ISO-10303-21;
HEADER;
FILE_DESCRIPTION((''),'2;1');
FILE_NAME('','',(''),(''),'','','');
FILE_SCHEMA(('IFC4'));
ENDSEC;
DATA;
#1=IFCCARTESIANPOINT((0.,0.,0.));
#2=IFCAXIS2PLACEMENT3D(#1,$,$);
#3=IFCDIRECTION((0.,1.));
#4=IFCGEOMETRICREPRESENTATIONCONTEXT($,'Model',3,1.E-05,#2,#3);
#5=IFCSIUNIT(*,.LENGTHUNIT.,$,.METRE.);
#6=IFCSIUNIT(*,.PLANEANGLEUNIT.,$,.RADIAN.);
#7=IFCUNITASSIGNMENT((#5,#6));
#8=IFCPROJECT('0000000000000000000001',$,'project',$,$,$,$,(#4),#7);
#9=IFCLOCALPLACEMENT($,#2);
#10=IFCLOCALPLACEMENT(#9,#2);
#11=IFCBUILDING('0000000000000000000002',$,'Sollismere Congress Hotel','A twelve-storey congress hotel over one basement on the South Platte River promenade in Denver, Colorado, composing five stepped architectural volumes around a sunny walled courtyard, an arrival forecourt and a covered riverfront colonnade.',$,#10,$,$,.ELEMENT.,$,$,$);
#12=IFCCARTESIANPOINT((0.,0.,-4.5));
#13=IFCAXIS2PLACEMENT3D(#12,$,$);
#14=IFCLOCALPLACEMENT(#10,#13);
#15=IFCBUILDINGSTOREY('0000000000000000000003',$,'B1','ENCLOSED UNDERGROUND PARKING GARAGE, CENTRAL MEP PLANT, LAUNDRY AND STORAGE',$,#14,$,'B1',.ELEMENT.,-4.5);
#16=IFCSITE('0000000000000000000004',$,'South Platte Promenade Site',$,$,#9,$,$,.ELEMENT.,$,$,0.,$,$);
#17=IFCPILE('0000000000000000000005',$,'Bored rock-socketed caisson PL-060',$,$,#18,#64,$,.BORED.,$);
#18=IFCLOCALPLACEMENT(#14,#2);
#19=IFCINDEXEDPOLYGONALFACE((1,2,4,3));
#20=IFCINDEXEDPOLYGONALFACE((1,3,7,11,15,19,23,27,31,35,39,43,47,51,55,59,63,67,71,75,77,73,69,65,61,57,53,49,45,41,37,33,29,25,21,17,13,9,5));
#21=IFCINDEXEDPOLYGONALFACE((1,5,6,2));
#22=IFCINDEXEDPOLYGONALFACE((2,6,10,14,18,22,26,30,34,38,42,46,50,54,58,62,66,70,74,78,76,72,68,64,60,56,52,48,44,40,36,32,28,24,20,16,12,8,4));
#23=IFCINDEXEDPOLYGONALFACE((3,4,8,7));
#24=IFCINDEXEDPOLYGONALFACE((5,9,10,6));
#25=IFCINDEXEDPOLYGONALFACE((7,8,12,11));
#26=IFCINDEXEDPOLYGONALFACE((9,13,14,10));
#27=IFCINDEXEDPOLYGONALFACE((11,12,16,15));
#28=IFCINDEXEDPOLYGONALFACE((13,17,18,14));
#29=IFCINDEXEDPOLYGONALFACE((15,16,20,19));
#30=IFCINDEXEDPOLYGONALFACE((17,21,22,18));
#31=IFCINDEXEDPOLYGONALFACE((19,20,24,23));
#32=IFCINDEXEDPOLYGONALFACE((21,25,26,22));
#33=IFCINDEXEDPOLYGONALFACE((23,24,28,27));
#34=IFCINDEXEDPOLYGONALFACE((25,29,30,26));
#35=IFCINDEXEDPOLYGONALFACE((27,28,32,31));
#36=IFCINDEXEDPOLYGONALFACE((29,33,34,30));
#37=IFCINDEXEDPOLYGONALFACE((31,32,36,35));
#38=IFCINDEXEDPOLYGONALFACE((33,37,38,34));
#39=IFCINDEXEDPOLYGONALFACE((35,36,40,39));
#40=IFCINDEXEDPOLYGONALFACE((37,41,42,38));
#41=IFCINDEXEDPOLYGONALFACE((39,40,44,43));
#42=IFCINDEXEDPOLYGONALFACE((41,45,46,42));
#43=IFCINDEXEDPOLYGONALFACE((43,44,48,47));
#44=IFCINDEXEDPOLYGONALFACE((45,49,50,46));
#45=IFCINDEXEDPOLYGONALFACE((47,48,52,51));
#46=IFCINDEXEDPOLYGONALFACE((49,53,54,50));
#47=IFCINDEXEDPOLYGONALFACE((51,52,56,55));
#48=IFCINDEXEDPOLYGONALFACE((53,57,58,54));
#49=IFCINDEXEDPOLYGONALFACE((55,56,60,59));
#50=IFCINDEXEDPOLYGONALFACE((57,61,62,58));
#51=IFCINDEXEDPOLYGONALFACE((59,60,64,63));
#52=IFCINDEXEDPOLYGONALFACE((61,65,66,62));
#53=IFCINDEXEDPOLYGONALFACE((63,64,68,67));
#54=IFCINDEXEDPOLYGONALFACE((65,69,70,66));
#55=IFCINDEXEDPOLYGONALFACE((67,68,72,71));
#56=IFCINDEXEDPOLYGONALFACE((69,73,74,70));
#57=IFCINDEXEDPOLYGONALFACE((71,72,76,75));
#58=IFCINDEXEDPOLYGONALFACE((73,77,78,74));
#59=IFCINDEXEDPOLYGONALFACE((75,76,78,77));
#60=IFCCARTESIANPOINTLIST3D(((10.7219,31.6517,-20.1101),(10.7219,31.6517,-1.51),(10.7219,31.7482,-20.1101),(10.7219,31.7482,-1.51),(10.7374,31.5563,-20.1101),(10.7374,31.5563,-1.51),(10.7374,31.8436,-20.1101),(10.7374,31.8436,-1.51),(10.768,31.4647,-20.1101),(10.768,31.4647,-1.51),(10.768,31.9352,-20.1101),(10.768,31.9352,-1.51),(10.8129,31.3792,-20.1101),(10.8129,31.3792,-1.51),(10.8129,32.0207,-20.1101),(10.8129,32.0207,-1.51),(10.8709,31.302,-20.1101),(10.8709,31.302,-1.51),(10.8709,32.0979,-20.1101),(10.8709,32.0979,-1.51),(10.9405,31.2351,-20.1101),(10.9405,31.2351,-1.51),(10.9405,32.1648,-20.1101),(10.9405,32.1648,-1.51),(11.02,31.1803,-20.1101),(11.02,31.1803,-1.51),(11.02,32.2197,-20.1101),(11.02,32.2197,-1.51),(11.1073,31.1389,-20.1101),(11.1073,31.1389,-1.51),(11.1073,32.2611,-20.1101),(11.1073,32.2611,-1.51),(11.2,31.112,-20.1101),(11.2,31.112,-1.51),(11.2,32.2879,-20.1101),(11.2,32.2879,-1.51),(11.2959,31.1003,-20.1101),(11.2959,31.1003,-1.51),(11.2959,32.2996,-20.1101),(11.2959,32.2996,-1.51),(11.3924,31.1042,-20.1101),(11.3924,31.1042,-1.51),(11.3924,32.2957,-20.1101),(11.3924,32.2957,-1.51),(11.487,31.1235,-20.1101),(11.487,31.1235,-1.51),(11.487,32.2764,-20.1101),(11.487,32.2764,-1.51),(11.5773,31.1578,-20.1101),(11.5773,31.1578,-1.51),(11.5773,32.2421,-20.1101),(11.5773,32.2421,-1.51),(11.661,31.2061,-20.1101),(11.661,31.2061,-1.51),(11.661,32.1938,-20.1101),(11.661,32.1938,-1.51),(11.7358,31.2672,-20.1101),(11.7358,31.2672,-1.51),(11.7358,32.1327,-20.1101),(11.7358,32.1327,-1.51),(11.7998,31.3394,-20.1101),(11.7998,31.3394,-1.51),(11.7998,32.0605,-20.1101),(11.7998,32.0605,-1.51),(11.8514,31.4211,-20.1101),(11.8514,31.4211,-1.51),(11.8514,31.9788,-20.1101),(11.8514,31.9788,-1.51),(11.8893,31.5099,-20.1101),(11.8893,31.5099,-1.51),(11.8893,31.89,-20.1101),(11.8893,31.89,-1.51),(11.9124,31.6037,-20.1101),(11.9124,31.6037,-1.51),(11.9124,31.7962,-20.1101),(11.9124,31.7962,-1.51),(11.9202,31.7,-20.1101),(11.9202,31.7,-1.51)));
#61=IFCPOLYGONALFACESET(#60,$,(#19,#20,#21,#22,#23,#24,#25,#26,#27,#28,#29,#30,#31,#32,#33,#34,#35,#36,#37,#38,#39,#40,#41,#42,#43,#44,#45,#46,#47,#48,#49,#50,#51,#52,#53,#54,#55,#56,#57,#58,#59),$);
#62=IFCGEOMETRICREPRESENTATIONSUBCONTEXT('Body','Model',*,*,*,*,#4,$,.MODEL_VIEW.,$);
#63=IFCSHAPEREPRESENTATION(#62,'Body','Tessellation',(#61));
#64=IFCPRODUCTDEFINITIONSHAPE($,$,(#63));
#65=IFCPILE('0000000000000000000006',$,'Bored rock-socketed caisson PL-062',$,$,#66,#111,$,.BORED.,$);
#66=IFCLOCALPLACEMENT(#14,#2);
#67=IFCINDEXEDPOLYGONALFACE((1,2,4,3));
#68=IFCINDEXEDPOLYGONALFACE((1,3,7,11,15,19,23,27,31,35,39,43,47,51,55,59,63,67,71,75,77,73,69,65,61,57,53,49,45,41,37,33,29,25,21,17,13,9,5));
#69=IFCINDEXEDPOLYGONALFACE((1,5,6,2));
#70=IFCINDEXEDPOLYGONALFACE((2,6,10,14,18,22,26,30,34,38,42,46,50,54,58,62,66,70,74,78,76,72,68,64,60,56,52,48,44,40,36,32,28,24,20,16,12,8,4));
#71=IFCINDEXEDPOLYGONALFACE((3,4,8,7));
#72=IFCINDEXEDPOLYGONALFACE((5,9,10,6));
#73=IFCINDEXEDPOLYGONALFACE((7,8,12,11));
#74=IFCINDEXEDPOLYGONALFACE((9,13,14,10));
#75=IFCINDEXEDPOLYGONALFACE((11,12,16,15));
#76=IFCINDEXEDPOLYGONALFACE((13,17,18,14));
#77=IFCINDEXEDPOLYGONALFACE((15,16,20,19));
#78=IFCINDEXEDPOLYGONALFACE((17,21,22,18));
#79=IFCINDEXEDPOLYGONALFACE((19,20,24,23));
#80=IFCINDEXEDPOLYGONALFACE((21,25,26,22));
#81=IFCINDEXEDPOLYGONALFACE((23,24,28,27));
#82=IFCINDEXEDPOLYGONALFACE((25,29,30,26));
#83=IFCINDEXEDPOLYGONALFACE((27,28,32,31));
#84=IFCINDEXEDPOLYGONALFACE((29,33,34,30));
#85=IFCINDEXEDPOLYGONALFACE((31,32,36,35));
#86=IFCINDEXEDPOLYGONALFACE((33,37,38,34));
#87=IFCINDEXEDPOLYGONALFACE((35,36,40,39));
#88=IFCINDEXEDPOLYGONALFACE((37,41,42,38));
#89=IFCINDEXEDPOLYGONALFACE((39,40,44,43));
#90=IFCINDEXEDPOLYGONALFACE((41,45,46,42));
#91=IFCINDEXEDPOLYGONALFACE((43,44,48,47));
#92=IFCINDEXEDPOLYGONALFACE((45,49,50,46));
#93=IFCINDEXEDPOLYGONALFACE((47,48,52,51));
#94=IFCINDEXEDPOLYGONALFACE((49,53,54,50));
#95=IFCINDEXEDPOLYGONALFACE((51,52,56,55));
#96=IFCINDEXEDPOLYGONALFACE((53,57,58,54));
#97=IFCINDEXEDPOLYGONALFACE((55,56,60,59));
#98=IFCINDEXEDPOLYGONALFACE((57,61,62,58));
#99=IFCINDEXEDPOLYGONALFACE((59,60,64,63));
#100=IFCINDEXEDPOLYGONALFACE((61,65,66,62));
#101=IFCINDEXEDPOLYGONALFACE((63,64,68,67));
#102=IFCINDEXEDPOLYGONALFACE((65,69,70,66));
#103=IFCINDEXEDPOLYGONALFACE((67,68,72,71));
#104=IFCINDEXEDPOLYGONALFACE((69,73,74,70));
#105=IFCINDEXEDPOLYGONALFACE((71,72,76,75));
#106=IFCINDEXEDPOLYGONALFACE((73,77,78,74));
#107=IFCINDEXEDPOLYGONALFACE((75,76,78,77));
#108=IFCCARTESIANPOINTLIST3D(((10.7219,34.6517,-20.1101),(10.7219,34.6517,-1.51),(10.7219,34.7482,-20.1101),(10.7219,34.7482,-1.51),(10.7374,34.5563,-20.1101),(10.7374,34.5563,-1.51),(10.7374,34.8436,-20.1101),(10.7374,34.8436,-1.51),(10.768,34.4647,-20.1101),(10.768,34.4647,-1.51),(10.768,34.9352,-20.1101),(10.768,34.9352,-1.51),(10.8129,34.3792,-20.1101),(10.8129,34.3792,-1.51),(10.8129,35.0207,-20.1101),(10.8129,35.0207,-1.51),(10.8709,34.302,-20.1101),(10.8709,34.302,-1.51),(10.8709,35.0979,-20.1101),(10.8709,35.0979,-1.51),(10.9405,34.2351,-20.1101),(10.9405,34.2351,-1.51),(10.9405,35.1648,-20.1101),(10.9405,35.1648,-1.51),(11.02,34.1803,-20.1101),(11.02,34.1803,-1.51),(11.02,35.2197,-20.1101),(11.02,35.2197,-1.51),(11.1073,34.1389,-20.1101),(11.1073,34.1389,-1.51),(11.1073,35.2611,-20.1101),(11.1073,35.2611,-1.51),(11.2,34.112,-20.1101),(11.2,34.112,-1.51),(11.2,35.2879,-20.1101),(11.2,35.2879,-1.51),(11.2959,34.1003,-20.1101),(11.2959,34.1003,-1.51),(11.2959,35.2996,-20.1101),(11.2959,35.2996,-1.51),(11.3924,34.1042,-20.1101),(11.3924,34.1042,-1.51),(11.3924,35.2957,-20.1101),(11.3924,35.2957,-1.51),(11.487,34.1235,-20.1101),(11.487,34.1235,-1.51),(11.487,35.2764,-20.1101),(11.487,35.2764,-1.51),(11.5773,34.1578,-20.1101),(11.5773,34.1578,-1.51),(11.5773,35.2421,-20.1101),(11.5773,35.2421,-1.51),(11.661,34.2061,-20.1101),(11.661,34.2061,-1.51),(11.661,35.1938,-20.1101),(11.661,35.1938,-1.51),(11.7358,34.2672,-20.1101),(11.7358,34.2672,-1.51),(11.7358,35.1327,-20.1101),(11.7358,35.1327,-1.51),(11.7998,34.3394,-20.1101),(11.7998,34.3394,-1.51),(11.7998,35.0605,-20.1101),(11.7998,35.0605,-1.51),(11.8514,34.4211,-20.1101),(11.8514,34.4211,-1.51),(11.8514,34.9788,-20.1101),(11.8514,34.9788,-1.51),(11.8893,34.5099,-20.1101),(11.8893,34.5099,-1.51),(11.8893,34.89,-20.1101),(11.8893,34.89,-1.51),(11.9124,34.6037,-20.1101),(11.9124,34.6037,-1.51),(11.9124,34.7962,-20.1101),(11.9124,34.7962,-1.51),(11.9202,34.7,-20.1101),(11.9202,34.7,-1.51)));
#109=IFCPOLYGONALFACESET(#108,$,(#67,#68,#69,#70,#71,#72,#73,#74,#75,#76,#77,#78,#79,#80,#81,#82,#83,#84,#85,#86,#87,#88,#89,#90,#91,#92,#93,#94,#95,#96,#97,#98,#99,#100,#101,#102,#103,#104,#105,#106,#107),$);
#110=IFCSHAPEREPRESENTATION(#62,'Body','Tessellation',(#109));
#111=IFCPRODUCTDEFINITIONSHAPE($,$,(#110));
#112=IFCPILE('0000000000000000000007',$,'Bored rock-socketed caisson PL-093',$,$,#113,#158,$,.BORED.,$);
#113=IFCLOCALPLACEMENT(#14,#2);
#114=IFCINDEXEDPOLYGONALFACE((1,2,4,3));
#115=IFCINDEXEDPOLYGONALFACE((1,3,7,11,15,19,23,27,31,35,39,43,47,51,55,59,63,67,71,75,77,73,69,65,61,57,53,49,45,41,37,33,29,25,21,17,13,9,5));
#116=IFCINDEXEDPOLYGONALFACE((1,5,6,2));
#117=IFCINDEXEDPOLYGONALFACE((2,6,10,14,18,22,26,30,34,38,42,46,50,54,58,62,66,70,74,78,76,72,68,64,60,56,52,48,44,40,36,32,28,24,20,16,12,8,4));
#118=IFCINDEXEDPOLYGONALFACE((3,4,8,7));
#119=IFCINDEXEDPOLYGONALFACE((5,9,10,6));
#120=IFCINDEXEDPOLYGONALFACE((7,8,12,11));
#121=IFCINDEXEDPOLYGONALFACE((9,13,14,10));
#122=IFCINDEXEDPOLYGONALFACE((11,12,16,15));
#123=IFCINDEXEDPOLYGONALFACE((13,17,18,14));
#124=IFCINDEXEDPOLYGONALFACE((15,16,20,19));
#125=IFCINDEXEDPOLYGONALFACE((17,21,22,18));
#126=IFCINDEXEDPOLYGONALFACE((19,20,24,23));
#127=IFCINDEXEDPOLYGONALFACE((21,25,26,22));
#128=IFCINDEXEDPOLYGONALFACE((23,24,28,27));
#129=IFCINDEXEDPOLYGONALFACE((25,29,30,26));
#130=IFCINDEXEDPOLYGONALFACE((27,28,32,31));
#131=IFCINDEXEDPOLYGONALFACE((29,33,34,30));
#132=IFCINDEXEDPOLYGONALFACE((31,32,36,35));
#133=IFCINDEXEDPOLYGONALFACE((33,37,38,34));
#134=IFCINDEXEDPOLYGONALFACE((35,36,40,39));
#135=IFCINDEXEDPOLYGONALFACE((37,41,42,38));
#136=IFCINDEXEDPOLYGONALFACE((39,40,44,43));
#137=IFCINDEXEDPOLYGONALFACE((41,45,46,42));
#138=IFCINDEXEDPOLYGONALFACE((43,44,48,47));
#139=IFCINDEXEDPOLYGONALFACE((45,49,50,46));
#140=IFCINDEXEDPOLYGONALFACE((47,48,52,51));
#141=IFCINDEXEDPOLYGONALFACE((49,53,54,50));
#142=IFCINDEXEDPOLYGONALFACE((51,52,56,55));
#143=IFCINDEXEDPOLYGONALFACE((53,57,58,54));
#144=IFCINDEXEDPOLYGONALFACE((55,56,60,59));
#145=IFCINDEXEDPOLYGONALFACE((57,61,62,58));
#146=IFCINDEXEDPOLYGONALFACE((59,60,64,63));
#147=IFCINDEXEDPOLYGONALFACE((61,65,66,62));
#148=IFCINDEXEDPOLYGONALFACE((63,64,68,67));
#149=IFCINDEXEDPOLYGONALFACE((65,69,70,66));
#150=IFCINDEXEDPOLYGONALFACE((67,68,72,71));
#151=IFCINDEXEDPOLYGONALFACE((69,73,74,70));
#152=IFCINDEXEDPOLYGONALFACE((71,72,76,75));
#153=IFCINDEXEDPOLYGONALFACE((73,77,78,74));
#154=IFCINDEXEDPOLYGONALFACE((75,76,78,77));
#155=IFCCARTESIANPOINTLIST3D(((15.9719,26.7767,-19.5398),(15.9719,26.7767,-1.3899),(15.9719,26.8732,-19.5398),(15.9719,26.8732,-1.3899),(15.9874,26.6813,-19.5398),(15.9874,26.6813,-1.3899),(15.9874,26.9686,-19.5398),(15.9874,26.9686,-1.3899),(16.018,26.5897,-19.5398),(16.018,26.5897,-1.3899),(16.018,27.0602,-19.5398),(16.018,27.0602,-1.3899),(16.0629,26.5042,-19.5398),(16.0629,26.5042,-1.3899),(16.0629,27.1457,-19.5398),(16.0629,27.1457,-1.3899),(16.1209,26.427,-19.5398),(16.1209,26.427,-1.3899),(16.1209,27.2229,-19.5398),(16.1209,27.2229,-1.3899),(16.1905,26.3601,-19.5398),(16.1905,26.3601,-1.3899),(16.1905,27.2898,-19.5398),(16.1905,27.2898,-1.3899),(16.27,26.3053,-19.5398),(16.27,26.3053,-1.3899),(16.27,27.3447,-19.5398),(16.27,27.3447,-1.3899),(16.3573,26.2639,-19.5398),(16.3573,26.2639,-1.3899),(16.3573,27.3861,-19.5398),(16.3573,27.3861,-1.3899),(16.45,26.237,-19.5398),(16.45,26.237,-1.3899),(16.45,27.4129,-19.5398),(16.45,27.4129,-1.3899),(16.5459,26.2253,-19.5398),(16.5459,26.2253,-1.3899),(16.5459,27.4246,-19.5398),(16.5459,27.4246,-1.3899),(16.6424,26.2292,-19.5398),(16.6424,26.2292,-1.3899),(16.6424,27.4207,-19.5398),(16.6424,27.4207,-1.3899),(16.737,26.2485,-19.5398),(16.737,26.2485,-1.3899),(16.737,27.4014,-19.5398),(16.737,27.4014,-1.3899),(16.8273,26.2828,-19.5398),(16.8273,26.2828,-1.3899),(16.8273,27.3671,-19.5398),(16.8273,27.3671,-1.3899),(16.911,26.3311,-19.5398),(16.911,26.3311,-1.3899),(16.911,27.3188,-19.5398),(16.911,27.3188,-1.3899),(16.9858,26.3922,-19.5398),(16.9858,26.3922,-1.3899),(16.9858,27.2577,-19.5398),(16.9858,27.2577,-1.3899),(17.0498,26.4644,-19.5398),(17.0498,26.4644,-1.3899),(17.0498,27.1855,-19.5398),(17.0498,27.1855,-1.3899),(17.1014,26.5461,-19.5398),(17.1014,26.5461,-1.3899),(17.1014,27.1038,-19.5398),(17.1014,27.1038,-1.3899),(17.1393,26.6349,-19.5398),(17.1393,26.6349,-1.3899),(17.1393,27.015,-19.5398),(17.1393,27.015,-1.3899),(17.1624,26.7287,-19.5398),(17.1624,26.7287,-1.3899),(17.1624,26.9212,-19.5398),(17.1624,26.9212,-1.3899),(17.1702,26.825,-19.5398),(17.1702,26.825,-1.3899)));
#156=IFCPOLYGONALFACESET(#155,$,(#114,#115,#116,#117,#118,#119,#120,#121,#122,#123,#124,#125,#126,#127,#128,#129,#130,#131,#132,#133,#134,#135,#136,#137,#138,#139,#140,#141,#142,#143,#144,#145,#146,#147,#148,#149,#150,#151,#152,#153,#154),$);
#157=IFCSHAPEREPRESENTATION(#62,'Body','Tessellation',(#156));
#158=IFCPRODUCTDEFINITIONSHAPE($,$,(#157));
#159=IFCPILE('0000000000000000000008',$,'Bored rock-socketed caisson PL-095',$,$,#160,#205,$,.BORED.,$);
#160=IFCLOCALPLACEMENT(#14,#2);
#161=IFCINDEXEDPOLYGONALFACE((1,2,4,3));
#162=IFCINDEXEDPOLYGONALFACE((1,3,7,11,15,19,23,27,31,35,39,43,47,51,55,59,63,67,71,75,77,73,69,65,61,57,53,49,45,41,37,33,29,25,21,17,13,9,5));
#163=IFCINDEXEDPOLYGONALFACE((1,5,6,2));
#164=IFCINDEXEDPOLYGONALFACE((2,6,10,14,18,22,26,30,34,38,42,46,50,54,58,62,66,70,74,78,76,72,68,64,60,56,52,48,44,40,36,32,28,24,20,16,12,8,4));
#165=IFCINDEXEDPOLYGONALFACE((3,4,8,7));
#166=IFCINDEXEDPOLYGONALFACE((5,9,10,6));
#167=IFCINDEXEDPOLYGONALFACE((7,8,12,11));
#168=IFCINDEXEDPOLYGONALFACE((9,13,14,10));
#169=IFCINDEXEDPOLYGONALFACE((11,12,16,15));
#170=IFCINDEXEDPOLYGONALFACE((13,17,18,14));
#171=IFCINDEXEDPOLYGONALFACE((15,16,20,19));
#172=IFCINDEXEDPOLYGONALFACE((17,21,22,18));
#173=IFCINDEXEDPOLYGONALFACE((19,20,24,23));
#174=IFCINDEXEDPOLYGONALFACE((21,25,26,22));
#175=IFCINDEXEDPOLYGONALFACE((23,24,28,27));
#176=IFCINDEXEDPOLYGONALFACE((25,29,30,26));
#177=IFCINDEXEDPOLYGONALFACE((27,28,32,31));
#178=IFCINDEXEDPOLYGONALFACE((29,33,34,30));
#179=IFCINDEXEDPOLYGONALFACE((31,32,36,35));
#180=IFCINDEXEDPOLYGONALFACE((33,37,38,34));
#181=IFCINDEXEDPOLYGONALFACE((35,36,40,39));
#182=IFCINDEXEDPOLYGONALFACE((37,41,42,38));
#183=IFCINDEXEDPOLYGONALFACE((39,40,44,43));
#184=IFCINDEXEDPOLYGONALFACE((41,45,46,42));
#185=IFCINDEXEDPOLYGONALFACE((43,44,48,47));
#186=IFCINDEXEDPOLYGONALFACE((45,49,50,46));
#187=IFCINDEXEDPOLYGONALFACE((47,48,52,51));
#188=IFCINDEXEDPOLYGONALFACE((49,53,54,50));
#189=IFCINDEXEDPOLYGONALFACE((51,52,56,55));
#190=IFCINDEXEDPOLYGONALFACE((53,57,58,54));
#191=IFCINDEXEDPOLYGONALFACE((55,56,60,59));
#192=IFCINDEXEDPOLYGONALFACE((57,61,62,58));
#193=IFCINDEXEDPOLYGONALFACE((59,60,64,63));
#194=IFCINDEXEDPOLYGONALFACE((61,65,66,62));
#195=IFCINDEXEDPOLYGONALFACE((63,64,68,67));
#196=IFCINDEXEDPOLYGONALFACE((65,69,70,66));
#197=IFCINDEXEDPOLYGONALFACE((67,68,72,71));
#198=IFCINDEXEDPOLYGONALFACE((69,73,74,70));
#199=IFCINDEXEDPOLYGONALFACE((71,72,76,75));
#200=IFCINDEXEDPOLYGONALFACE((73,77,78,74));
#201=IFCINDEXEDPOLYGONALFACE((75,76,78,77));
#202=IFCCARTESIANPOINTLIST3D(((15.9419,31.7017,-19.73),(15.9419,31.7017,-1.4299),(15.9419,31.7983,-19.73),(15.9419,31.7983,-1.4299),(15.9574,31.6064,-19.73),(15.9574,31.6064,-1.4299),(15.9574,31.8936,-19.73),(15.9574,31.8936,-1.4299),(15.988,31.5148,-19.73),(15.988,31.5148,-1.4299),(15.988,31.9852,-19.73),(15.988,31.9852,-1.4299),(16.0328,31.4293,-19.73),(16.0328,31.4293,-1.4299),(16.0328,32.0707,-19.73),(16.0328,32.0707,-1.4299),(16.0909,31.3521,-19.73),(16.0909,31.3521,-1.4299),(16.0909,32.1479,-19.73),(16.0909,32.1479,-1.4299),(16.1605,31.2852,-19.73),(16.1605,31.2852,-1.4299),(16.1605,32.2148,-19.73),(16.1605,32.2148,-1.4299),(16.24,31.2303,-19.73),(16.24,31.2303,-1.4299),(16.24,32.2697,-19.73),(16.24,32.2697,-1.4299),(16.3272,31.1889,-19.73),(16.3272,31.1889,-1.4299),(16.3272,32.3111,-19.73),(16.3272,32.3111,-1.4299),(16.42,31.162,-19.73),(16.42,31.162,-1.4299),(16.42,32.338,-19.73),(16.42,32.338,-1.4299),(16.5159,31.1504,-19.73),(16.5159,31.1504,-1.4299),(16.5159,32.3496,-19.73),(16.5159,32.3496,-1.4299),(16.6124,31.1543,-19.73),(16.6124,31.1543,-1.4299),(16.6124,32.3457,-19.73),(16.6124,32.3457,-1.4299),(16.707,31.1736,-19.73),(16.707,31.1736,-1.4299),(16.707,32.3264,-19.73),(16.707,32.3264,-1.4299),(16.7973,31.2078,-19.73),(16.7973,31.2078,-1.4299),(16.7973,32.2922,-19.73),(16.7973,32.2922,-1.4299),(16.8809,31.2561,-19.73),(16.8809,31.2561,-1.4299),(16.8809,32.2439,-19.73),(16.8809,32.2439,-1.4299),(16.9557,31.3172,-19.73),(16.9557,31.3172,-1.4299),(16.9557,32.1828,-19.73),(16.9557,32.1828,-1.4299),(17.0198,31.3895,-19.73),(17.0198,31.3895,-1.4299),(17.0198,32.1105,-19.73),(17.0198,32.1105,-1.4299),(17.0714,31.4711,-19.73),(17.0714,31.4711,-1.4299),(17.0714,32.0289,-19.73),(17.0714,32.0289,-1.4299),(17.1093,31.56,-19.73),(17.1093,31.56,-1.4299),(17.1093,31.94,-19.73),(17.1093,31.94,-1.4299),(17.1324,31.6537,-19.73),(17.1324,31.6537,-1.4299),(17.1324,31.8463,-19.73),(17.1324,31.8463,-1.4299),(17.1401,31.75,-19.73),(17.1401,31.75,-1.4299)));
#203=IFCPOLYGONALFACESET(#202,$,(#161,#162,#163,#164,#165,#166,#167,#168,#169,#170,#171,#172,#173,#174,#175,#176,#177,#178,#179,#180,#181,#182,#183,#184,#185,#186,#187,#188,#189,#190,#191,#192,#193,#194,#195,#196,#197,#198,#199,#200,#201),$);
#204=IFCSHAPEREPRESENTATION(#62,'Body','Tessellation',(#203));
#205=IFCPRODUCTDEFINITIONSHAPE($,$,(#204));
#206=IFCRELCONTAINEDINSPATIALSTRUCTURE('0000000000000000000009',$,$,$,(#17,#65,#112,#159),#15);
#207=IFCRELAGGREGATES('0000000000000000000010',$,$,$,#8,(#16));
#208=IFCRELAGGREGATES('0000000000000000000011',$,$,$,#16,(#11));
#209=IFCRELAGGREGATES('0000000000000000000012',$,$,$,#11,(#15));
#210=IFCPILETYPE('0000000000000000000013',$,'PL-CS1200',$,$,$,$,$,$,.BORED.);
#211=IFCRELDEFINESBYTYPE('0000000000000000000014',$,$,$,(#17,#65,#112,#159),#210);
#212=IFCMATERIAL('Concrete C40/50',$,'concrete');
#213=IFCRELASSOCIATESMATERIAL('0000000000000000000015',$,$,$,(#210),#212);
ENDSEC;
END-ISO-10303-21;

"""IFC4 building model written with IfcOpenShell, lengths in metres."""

from ifc_helpers import new_model, si_unit, direction, frame, origin, origin_2d, place, context, subcontext, project, spatial, circle, extrude, material, material_profile, profile_set, type_object, element, save


model = new_model("IFC4")

# Units and contexts
model_context = context("Model", 3, precision=1e-05, world=origin(), true_north=direction((0.0, 1.0)))
body_context = subcontext(model_context, "Body", "Model", "MODEL_VIEW")
ifc_project = project(units=[si_unit("LENGTHUNIT", "METRE"), si_unit("PLANEANGLEUNIT", "RADIAN")], contexts=[model_context])

# Site, building, storey
site_placement = place(None, origin())
site = spatial("IfcSite", under=ifc_project, at=site_placement, Name="South Platte Promenade Site", CompositionType="ELEMENT", RefElevation=0.0)
building_placement = place(site_placement, origin())
building = spatial("IfcBuilding", under=site, at=building_placement, Name="Sollismere Congress Hotel", Description="A twelve-storey congress hotel over one basement on the South Platte River promenade in Denver, Colorado, composing five stepped architectural volumes around a sunny walled courtyard, an arrival forecourt and a covered riverfront colonnade.", CompositionType="ELEMENT")
storey_placement = place(building_placement, frame((0.0, 0.0, -4.5)))
storey = spatial("IfcBuildingStorey", under=building, at=storey_placement, Name="B1", Description="ENCLOSED UNDERGROUND PARKING GARAGE, CENTRAL MEP PLANT, LAUNDRY AND STORAGE", LongName="B1", CompositionType="ELEMENT", Elevation=-4.5)

# Shared definitions
ifc_material_1 = material(Name="Concrete C40/50", Category="concrete")

# Piles
ifc_material_profile_1 = material_profile(ifc_material_1, circle(Radius=0.6001, at=origin_2d()), Name="CAISSON1200")
ifc_profile_set_1 = profile_set([ifc_material_profile_1], Name="Concrete C40/50")
pile_type = type_object("IfcPileType", Name="PL-CS1200", PredefinedType="BORED", material=ifc_profile_set_1)
for number, where, z_axis, x_axis, name in (
    (1, (11.3201, 31.7, -1.51), (0.0, 0.0, -1.0), (1.0, 0.0, 0.0), "Bored rock-socketed caisson PL-060"),
    (2, (11.3201, 34.7, -1.51), (0.0, 0.0, -1.0), (1.0, 0.0, 0.0), "Bored rock-socketed caisson PL-062"),
):
    element("IfcPile", number, at=place(storey_placement, frame(where, z_axis=z_axis, x_axis=x_axis)), inside=storey, type_object=pile_type, Name=name, PredefinedType="BORED", context=body_context, shape_type="SweptSolid", body=[
        extrude(circle(Radius=0.6001, at=origin_2d()), origin(), (0.0, 0.0, 1.0), 18.6001),
    ])
pile_placement = place(storey_placement, frame((16.5701, 26.825, -1.3899), z_axis=(0.0, 0.0, -1.0), x_axis=(1.0, 0.0, 0.0)))
element("IfcPile", 3, at=pile_placement, inside=storey, type_object=pile_type, Name="Bored rock-socketed caisson PL-093", PredefinedType="BORED", context=body_context, shape_type="SweptSolid", body=[
    extrude(circle(Radius=0.6001, at=origin_2d()), origin(), (0.0, 0.0, 1.0), 18.1499),
])
for number, where, z_axis, x_axis, name in (
    (4, (16.54, 31.75, -1.4299), (0.0, 0.0, -1.0), (1.0, 0.0, 0.0), "Bored rock-socketed caisson PL-095"),
):
    element("IfcPile", number, at=place(storey_placement, frame(where, z_axis=z_axis, x_axis=x_axis)), inside=storey, type_object=pile_type, Name=name, PredefinedType="BORED", context=body_context, shape_type="SweptSolid", body=[
        extrude(circle(Radius=0.6001, at=origin_2d()), origin(), (0.0, 0.0, 1.0), 18.3),
    ])

save(model, "model.ifc")
